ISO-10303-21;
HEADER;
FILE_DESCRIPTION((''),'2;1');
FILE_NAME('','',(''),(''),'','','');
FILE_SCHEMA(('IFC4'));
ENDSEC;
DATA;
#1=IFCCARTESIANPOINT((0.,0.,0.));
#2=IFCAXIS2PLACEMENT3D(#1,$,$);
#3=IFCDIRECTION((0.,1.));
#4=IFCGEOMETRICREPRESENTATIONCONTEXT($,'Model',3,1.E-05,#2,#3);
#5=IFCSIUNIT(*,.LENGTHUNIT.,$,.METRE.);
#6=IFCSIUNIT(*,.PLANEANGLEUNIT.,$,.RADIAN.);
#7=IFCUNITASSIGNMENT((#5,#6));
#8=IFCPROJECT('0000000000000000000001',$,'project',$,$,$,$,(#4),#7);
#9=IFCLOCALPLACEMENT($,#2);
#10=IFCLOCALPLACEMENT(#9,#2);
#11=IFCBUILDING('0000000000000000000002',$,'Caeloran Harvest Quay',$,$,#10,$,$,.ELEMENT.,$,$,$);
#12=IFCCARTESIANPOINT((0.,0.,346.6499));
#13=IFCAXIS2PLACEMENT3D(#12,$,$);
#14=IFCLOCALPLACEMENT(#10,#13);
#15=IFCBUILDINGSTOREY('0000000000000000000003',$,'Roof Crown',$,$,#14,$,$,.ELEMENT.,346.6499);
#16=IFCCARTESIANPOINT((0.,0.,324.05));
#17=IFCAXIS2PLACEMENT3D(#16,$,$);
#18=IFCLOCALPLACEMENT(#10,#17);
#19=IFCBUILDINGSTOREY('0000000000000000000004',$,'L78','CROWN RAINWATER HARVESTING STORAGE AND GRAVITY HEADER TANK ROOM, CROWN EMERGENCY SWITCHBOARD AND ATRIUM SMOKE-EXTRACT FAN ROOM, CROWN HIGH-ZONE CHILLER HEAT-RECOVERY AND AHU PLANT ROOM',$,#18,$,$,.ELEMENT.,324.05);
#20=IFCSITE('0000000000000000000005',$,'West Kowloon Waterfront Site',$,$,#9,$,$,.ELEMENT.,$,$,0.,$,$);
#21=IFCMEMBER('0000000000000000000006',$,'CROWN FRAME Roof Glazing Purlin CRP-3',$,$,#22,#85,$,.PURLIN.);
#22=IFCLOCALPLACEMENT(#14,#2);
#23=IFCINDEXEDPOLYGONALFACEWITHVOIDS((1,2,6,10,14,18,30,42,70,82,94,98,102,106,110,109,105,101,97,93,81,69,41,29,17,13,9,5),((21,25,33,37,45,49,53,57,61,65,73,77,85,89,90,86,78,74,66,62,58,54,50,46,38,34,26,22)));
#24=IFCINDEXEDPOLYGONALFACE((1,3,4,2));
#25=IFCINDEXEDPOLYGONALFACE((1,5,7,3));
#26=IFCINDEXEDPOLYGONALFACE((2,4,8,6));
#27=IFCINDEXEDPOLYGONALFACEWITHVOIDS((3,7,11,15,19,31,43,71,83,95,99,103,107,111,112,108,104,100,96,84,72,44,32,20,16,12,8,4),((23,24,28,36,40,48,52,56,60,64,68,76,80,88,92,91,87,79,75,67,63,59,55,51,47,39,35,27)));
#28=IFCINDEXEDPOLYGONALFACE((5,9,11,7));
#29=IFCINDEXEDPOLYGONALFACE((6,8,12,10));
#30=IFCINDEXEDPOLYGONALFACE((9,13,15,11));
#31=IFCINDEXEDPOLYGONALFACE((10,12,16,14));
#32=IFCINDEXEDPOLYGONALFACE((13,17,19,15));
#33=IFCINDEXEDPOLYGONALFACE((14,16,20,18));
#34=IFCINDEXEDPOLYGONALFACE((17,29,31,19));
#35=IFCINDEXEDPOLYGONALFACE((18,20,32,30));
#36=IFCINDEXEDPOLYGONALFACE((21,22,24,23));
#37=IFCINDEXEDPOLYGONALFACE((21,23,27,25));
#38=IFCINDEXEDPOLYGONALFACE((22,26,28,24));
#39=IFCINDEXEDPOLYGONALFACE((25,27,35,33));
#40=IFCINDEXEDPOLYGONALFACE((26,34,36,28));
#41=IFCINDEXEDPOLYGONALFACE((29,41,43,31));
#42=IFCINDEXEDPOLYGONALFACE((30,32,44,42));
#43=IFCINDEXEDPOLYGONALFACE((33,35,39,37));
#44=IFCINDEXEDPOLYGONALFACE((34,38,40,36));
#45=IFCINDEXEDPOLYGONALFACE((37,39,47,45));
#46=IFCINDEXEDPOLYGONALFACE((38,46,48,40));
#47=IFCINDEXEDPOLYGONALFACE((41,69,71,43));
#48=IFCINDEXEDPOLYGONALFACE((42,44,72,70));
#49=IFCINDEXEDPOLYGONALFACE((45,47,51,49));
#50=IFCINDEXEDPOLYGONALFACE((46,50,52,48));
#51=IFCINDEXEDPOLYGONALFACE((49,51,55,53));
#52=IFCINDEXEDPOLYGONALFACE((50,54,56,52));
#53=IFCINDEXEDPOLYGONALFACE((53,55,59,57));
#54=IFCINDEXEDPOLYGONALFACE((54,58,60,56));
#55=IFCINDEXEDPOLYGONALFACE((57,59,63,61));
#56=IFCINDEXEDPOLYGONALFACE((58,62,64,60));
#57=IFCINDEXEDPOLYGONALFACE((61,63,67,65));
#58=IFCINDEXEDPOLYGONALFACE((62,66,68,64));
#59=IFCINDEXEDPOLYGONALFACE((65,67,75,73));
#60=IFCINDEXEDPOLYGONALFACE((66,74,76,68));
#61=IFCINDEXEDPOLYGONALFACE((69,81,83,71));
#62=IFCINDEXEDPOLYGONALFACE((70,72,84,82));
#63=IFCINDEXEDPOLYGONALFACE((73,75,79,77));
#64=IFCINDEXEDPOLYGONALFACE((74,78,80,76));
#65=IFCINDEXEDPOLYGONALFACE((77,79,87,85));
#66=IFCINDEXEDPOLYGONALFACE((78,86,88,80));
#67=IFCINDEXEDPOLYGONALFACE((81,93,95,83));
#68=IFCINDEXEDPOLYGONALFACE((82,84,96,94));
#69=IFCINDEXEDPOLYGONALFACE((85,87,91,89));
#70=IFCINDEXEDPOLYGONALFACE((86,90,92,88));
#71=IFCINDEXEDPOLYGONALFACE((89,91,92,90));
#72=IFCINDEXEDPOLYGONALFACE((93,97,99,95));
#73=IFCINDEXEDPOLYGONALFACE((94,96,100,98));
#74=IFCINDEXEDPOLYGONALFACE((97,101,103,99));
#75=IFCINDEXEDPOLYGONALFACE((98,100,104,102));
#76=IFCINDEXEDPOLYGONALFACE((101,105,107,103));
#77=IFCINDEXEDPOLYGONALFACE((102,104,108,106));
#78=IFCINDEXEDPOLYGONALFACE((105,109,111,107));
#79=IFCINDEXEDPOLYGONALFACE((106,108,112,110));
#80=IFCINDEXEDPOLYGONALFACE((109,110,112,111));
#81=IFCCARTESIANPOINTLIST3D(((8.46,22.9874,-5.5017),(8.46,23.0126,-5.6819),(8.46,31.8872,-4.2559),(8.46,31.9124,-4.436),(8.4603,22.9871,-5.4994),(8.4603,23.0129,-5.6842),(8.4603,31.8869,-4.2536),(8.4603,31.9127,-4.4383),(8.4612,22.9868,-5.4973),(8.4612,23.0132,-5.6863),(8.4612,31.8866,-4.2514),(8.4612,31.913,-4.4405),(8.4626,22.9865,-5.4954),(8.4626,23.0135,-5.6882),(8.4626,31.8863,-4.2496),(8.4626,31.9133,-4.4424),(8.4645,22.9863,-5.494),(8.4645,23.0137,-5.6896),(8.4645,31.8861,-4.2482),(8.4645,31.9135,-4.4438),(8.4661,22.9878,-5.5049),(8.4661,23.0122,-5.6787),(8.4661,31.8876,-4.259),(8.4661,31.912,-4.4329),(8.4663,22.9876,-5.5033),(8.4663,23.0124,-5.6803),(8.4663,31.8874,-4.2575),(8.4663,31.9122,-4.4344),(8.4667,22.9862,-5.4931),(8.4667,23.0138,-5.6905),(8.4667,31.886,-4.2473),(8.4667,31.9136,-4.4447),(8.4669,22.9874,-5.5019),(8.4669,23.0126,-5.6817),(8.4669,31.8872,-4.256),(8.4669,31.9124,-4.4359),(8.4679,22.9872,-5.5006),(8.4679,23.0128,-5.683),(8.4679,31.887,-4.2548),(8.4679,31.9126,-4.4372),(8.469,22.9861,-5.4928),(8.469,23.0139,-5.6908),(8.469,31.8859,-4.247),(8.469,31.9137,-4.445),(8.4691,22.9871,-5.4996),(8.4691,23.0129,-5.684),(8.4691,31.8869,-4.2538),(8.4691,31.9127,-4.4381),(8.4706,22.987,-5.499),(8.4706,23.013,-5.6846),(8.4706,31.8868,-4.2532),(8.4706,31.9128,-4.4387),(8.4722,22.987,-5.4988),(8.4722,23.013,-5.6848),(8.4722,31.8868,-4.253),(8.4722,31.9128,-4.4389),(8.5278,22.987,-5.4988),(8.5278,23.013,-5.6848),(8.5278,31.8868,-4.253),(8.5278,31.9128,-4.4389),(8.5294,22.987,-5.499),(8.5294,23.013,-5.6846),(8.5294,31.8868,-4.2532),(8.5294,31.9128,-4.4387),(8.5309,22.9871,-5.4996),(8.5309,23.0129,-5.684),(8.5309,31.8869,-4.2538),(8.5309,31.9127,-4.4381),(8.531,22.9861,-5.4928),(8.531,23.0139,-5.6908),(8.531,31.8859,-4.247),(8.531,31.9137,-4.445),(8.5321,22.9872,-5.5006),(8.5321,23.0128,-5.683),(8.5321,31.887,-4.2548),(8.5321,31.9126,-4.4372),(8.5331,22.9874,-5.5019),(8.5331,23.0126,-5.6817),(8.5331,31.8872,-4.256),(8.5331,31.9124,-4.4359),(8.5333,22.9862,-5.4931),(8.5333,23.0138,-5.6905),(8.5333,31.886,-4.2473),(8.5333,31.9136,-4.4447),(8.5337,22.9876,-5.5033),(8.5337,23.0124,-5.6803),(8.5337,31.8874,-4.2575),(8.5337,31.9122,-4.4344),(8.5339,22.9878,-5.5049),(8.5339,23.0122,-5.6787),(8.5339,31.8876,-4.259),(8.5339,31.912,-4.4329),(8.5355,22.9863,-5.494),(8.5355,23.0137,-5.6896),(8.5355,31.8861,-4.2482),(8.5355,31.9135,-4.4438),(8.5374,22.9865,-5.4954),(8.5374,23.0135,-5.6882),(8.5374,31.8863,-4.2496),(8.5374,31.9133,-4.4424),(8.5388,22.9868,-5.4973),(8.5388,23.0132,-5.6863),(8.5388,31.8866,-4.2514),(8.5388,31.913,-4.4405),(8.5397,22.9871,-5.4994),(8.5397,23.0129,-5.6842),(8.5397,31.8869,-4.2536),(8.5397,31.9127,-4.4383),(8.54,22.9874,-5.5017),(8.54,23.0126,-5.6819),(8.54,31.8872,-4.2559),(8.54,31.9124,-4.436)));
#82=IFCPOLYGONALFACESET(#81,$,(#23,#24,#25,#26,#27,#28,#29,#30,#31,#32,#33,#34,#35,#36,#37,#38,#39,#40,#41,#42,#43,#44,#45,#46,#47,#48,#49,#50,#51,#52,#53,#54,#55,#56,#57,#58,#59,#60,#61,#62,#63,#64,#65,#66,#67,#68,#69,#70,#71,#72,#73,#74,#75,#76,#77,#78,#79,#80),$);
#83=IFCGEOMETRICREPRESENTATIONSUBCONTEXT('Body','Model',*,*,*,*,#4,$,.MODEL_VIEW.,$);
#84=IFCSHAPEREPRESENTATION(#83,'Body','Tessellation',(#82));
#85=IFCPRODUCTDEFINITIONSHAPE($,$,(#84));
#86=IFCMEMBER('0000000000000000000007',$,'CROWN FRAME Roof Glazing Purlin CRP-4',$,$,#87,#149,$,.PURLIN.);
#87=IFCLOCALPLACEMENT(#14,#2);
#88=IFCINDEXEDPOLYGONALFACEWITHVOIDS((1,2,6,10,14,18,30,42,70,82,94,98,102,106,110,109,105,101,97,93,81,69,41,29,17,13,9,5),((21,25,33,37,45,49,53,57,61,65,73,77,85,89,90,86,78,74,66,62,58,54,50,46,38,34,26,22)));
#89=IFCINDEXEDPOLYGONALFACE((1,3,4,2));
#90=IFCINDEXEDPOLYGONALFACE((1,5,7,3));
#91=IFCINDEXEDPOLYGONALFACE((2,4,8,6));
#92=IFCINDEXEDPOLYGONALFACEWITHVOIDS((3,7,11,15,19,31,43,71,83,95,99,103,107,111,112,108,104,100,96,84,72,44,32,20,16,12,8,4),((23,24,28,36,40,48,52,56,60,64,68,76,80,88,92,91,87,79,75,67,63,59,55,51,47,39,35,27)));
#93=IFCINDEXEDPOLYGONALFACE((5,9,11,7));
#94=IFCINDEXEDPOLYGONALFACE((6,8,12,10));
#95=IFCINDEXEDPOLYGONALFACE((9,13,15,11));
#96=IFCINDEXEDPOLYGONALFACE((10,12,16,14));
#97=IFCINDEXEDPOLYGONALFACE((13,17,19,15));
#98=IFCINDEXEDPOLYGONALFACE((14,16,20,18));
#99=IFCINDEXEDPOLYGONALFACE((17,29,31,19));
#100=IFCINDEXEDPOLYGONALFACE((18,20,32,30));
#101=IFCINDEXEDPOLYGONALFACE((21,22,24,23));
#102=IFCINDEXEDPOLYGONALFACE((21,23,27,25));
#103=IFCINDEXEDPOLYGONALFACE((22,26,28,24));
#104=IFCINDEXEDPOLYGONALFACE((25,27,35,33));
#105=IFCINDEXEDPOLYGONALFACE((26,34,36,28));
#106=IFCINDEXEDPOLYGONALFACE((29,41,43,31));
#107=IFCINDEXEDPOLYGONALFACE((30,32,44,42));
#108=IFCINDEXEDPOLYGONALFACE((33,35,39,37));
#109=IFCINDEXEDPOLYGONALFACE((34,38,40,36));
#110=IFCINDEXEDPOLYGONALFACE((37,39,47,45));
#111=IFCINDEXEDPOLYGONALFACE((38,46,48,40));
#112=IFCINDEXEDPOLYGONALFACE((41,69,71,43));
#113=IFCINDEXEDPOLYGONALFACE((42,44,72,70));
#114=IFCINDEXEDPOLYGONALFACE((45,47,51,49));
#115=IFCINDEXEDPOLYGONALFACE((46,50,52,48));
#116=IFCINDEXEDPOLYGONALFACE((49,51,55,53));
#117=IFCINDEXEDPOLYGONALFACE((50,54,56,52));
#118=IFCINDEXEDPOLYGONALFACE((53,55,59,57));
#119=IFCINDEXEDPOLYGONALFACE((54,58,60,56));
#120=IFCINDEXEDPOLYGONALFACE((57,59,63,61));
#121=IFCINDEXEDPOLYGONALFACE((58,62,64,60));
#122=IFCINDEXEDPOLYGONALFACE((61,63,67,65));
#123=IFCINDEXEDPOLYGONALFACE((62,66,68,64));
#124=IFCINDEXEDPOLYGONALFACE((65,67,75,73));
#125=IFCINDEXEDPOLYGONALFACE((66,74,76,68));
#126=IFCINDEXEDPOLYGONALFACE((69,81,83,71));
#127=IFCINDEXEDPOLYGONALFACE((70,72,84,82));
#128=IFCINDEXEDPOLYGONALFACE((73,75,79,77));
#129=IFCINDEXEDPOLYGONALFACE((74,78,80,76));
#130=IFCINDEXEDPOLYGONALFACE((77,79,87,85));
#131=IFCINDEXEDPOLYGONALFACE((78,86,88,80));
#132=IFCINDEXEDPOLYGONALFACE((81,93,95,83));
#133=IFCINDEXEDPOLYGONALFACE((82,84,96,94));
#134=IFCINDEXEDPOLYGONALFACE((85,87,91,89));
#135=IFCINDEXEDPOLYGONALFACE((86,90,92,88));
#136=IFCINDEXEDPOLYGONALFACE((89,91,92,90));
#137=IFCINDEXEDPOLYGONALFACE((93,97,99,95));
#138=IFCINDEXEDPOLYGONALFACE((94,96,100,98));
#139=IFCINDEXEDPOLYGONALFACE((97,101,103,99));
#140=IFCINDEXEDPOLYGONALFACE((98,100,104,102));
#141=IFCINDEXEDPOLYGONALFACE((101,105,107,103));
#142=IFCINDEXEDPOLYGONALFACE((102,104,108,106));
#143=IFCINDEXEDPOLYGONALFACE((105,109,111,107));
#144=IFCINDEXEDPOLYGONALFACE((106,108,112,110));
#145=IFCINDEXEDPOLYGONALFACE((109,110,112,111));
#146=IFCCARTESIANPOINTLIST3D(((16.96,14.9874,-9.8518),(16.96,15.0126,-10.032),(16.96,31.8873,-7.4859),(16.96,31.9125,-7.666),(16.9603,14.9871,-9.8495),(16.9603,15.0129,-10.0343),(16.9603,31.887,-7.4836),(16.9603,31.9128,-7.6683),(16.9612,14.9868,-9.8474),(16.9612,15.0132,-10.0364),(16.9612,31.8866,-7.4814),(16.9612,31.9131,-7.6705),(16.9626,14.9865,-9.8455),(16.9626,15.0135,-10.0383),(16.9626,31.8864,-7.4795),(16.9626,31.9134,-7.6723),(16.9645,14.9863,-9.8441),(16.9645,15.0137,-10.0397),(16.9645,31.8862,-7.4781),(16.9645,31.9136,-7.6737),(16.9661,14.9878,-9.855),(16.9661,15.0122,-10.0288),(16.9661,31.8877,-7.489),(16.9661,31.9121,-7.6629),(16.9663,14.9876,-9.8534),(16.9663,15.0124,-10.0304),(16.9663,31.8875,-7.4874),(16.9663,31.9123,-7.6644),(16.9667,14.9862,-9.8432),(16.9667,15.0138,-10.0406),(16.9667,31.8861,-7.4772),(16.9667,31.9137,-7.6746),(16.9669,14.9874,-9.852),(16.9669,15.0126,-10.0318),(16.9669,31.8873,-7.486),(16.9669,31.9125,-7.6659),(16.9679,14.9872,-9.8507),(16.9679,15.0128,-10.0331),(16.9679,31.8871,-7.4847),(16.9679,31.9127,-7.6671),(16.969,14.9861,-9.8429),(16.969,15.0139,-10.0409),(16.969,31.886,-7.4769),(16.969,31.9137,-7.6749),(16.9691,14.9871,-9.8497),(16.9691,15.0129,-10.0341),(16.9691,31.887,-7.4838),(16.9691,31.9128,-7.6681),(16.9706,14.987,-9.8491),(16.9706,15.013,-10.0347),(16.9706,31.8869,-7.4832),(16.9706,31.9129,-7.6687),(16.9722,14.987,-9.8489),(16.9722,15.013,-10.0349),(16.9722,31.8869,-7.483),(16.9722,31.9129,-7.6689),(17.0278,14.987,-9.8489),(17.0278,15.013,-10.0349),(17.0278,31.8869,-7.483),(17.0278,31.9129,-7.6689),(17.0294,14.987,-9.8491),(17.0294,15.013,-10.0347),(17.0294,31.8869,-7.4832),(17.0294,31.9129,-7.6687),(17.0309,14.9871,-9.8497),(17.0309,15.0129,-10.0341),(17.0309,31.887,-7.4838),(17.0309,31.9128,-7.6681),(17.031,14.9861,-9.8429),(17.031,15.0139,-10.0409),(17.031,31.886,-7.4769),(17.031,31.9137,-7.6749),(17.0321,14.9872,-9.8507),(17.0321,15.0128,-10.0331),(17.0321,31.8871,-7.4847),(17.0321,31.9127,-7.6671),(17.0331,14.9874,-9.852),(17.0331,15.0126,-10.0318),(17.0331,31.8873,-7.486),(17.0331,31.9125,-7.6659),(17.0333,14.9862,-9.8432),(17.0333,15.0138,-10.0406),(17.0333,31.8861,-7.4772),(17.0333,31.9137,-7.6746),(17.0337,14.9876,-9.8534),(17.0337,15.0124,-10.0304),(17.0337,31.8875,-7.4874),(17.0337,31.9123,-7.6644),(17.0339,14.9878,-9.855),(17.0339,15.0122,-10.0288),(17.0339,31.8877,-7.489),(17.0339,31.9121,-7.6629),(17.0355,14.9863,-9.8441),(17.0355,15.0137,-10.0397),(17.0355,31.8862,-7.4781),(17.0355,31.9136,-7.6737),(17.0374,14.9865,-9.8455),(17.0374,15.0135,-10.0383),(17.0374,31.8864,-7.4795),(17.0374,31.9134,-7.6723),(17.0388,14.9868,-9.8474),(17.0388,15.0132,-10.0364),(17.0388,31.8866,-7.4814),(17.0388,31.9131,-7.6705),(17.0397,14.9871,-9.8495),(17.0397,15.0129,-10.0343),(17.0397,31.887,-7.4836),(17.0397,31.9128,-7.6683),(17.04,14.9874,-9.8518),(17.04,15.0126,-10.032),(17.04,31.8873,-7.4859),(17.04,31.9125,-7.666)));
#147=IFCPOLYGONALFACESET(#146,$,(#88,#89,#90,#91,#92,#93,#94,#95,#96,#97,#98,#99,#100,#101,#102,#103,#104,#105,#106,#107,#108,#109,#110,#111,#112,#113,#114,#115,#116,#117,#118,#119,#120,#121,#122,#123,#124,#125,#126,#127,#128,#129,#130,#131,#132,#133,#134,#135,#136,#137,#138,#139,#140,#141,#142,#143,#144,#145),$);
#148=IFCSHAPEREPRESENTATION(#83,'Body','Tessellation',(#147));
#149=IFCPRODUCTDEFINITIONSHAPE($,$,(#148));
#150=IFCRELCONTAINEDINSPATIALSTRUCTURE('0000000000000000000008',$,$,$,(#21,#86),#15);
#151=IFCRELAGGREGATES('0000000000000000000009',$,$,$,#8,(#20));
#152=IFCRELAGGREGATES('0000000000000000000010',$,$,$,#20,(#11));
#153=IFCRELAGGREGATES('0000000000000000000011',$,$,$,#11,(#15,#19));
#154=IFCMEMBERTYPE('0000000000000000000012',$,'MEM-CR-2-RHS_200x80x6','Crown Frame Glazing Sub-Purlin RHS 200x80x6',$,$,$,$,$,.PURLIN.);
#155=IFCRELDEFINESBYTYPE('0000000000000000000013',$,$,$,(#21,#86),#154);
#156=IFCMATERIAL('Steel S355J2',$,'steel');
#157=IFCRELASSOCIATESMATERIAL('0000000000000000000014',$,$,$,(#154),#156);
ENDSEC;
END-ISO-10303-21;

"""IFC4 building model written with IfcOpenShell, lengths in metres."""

from ifc_helpers import new_model, si_unit, direction, frame, origin, origin_2d, place, context, subcontext, project, spatial, hollow_rectangle, extrude, material, material_profile, profile_set, type_object, element, save


model = new_model("IFC4")

# Units and contexts
model_context = context("Model", 3, precision=1e-05, world=origin(), true_north=direction((0.0, 1.0)))
body_context = subcontext(model_context, "Body", "Model", "MODEL_VIEW")
ifc_project = project(units=[si_unit("LENGTHUNIT", "METRE"), si_unit("PLANEANGLEUNIT", "RADIAN")], contexts=[model_context])

# Site, building, storey
site_placement = place(None, origin())
site = spatial("IfcSite", under=ifc_project, at=site_placement, Name="West Kowloon Waterfront Site", CompositionType="ELEMENT", RefElevation=0.0)
building_placement = place(site_placement, origin())
building = spatial("IfcBuilding", under=site, at=building_placement, Name="Caeloran Harvest Quay", CompositionType="ELEMENT")
storey_1_placement = place(building_placement, frame((0.0, 0.0, 346.6499)))
storey_1 = spatial("IfcBuildingStorey", under=building, at=storey_1_placement, Name="Roof Crown", CompositionType="ELEMENT", Elevation=346.6499)

# Members
ifc_material_1 = material(Name="Steel S355J2", Category="steel")
ifc_material_profile_1 = material_profile(ifc_material_1, hollow_rectangle(XDim=0.0801, YDim=0.2, WallThickness=0.0061, InnerFilletRadius=0.0061, OuterFilletRadius=0.009, at=origin_2d()), Name="RHS 200x80x6")
ifc_profile_set_1 = profile_set([ifc_material_profile_1], Name="Steel S355J2")
member_type_1 = type_object("IfcMemberType", Name="MEM-CR-2-RHS_200x80x6", Description="Crown Frame Glazing Sub-Purlin RHS 200x80x6", PredefinedType="PURLIN", material=ifc_profile_set_1)
member_1_placement = place(storey_1_placement, frame((8.5, 23.0, -5.5918), z_axis=(0.0, 0.990344, 0.138633), x_axis=(-1.0, 0.0, 0.0)))
element("IfcMember", 1, at=member_1_placement, inside=storey_1, type_object=member_type_1, Name="CROWN FRAME Roof Glazing Purlin CRP-3", PredefinedType="PURLIN", context=body_context, shape_type="SweptSolid", body=[
    extrude(hollow_rectangle(XDim=0.0801, YDim=0.2, WallThickness=0.0061, InnerFilletRadius=0.0061, OuterFilletRadius=0.009, at=origin_2d()), origin(), (0.0, 0.0, 1.0), 8.9866),
])
member_2_placement = place(storey_1_placement, frame((17.0, 15.0, -9.9419), z_axis=(0.0, 0.990342, 0.138647), x_axis=(-1.0, 0.0, 0.0)))
element("IfcMember", 2, at=member_2_placement, inside=storey_1, type_object=member_type_1, Name="CROWN FRAME Roof Glazing Purlin CRP-4", PredefinedType="PURLIN", context=body_context, shape_type="SweptSolid", body=[
    extrude(hollow_rectangle(XDim=0.0801, YDim=0.2, WallThickness=0.0061, InnerFilletRadius=0.0061, OuterFilletRadius=0.009, at=origin_2d()), origin(), (0.0, 0.0, 1.0), 17.0647),
])

# Shared definitions
storey_2_placement = place(building_placement, frame((0.0, 0.0, 324.05)))
storey_2 = spatial("IfcBuildingStorey", under=building, at=storey_2_placement, Name="L78", Description="CROWN RAINWATER HARVESTING STORAGE AND GRAVITY HEADER TANK ROOM, CROWN EMERGENCY SWITCHBOARD AND ATRIUM SMOKE-EXTRACT FAN ROOM, CROWN HIGH-ZONE CHILLER HEAT-RECOVERY AND AHU PLANT ROOM", CompositionType="ELEMENT", Elevation=324.05)

save(model, "model.ifc")
